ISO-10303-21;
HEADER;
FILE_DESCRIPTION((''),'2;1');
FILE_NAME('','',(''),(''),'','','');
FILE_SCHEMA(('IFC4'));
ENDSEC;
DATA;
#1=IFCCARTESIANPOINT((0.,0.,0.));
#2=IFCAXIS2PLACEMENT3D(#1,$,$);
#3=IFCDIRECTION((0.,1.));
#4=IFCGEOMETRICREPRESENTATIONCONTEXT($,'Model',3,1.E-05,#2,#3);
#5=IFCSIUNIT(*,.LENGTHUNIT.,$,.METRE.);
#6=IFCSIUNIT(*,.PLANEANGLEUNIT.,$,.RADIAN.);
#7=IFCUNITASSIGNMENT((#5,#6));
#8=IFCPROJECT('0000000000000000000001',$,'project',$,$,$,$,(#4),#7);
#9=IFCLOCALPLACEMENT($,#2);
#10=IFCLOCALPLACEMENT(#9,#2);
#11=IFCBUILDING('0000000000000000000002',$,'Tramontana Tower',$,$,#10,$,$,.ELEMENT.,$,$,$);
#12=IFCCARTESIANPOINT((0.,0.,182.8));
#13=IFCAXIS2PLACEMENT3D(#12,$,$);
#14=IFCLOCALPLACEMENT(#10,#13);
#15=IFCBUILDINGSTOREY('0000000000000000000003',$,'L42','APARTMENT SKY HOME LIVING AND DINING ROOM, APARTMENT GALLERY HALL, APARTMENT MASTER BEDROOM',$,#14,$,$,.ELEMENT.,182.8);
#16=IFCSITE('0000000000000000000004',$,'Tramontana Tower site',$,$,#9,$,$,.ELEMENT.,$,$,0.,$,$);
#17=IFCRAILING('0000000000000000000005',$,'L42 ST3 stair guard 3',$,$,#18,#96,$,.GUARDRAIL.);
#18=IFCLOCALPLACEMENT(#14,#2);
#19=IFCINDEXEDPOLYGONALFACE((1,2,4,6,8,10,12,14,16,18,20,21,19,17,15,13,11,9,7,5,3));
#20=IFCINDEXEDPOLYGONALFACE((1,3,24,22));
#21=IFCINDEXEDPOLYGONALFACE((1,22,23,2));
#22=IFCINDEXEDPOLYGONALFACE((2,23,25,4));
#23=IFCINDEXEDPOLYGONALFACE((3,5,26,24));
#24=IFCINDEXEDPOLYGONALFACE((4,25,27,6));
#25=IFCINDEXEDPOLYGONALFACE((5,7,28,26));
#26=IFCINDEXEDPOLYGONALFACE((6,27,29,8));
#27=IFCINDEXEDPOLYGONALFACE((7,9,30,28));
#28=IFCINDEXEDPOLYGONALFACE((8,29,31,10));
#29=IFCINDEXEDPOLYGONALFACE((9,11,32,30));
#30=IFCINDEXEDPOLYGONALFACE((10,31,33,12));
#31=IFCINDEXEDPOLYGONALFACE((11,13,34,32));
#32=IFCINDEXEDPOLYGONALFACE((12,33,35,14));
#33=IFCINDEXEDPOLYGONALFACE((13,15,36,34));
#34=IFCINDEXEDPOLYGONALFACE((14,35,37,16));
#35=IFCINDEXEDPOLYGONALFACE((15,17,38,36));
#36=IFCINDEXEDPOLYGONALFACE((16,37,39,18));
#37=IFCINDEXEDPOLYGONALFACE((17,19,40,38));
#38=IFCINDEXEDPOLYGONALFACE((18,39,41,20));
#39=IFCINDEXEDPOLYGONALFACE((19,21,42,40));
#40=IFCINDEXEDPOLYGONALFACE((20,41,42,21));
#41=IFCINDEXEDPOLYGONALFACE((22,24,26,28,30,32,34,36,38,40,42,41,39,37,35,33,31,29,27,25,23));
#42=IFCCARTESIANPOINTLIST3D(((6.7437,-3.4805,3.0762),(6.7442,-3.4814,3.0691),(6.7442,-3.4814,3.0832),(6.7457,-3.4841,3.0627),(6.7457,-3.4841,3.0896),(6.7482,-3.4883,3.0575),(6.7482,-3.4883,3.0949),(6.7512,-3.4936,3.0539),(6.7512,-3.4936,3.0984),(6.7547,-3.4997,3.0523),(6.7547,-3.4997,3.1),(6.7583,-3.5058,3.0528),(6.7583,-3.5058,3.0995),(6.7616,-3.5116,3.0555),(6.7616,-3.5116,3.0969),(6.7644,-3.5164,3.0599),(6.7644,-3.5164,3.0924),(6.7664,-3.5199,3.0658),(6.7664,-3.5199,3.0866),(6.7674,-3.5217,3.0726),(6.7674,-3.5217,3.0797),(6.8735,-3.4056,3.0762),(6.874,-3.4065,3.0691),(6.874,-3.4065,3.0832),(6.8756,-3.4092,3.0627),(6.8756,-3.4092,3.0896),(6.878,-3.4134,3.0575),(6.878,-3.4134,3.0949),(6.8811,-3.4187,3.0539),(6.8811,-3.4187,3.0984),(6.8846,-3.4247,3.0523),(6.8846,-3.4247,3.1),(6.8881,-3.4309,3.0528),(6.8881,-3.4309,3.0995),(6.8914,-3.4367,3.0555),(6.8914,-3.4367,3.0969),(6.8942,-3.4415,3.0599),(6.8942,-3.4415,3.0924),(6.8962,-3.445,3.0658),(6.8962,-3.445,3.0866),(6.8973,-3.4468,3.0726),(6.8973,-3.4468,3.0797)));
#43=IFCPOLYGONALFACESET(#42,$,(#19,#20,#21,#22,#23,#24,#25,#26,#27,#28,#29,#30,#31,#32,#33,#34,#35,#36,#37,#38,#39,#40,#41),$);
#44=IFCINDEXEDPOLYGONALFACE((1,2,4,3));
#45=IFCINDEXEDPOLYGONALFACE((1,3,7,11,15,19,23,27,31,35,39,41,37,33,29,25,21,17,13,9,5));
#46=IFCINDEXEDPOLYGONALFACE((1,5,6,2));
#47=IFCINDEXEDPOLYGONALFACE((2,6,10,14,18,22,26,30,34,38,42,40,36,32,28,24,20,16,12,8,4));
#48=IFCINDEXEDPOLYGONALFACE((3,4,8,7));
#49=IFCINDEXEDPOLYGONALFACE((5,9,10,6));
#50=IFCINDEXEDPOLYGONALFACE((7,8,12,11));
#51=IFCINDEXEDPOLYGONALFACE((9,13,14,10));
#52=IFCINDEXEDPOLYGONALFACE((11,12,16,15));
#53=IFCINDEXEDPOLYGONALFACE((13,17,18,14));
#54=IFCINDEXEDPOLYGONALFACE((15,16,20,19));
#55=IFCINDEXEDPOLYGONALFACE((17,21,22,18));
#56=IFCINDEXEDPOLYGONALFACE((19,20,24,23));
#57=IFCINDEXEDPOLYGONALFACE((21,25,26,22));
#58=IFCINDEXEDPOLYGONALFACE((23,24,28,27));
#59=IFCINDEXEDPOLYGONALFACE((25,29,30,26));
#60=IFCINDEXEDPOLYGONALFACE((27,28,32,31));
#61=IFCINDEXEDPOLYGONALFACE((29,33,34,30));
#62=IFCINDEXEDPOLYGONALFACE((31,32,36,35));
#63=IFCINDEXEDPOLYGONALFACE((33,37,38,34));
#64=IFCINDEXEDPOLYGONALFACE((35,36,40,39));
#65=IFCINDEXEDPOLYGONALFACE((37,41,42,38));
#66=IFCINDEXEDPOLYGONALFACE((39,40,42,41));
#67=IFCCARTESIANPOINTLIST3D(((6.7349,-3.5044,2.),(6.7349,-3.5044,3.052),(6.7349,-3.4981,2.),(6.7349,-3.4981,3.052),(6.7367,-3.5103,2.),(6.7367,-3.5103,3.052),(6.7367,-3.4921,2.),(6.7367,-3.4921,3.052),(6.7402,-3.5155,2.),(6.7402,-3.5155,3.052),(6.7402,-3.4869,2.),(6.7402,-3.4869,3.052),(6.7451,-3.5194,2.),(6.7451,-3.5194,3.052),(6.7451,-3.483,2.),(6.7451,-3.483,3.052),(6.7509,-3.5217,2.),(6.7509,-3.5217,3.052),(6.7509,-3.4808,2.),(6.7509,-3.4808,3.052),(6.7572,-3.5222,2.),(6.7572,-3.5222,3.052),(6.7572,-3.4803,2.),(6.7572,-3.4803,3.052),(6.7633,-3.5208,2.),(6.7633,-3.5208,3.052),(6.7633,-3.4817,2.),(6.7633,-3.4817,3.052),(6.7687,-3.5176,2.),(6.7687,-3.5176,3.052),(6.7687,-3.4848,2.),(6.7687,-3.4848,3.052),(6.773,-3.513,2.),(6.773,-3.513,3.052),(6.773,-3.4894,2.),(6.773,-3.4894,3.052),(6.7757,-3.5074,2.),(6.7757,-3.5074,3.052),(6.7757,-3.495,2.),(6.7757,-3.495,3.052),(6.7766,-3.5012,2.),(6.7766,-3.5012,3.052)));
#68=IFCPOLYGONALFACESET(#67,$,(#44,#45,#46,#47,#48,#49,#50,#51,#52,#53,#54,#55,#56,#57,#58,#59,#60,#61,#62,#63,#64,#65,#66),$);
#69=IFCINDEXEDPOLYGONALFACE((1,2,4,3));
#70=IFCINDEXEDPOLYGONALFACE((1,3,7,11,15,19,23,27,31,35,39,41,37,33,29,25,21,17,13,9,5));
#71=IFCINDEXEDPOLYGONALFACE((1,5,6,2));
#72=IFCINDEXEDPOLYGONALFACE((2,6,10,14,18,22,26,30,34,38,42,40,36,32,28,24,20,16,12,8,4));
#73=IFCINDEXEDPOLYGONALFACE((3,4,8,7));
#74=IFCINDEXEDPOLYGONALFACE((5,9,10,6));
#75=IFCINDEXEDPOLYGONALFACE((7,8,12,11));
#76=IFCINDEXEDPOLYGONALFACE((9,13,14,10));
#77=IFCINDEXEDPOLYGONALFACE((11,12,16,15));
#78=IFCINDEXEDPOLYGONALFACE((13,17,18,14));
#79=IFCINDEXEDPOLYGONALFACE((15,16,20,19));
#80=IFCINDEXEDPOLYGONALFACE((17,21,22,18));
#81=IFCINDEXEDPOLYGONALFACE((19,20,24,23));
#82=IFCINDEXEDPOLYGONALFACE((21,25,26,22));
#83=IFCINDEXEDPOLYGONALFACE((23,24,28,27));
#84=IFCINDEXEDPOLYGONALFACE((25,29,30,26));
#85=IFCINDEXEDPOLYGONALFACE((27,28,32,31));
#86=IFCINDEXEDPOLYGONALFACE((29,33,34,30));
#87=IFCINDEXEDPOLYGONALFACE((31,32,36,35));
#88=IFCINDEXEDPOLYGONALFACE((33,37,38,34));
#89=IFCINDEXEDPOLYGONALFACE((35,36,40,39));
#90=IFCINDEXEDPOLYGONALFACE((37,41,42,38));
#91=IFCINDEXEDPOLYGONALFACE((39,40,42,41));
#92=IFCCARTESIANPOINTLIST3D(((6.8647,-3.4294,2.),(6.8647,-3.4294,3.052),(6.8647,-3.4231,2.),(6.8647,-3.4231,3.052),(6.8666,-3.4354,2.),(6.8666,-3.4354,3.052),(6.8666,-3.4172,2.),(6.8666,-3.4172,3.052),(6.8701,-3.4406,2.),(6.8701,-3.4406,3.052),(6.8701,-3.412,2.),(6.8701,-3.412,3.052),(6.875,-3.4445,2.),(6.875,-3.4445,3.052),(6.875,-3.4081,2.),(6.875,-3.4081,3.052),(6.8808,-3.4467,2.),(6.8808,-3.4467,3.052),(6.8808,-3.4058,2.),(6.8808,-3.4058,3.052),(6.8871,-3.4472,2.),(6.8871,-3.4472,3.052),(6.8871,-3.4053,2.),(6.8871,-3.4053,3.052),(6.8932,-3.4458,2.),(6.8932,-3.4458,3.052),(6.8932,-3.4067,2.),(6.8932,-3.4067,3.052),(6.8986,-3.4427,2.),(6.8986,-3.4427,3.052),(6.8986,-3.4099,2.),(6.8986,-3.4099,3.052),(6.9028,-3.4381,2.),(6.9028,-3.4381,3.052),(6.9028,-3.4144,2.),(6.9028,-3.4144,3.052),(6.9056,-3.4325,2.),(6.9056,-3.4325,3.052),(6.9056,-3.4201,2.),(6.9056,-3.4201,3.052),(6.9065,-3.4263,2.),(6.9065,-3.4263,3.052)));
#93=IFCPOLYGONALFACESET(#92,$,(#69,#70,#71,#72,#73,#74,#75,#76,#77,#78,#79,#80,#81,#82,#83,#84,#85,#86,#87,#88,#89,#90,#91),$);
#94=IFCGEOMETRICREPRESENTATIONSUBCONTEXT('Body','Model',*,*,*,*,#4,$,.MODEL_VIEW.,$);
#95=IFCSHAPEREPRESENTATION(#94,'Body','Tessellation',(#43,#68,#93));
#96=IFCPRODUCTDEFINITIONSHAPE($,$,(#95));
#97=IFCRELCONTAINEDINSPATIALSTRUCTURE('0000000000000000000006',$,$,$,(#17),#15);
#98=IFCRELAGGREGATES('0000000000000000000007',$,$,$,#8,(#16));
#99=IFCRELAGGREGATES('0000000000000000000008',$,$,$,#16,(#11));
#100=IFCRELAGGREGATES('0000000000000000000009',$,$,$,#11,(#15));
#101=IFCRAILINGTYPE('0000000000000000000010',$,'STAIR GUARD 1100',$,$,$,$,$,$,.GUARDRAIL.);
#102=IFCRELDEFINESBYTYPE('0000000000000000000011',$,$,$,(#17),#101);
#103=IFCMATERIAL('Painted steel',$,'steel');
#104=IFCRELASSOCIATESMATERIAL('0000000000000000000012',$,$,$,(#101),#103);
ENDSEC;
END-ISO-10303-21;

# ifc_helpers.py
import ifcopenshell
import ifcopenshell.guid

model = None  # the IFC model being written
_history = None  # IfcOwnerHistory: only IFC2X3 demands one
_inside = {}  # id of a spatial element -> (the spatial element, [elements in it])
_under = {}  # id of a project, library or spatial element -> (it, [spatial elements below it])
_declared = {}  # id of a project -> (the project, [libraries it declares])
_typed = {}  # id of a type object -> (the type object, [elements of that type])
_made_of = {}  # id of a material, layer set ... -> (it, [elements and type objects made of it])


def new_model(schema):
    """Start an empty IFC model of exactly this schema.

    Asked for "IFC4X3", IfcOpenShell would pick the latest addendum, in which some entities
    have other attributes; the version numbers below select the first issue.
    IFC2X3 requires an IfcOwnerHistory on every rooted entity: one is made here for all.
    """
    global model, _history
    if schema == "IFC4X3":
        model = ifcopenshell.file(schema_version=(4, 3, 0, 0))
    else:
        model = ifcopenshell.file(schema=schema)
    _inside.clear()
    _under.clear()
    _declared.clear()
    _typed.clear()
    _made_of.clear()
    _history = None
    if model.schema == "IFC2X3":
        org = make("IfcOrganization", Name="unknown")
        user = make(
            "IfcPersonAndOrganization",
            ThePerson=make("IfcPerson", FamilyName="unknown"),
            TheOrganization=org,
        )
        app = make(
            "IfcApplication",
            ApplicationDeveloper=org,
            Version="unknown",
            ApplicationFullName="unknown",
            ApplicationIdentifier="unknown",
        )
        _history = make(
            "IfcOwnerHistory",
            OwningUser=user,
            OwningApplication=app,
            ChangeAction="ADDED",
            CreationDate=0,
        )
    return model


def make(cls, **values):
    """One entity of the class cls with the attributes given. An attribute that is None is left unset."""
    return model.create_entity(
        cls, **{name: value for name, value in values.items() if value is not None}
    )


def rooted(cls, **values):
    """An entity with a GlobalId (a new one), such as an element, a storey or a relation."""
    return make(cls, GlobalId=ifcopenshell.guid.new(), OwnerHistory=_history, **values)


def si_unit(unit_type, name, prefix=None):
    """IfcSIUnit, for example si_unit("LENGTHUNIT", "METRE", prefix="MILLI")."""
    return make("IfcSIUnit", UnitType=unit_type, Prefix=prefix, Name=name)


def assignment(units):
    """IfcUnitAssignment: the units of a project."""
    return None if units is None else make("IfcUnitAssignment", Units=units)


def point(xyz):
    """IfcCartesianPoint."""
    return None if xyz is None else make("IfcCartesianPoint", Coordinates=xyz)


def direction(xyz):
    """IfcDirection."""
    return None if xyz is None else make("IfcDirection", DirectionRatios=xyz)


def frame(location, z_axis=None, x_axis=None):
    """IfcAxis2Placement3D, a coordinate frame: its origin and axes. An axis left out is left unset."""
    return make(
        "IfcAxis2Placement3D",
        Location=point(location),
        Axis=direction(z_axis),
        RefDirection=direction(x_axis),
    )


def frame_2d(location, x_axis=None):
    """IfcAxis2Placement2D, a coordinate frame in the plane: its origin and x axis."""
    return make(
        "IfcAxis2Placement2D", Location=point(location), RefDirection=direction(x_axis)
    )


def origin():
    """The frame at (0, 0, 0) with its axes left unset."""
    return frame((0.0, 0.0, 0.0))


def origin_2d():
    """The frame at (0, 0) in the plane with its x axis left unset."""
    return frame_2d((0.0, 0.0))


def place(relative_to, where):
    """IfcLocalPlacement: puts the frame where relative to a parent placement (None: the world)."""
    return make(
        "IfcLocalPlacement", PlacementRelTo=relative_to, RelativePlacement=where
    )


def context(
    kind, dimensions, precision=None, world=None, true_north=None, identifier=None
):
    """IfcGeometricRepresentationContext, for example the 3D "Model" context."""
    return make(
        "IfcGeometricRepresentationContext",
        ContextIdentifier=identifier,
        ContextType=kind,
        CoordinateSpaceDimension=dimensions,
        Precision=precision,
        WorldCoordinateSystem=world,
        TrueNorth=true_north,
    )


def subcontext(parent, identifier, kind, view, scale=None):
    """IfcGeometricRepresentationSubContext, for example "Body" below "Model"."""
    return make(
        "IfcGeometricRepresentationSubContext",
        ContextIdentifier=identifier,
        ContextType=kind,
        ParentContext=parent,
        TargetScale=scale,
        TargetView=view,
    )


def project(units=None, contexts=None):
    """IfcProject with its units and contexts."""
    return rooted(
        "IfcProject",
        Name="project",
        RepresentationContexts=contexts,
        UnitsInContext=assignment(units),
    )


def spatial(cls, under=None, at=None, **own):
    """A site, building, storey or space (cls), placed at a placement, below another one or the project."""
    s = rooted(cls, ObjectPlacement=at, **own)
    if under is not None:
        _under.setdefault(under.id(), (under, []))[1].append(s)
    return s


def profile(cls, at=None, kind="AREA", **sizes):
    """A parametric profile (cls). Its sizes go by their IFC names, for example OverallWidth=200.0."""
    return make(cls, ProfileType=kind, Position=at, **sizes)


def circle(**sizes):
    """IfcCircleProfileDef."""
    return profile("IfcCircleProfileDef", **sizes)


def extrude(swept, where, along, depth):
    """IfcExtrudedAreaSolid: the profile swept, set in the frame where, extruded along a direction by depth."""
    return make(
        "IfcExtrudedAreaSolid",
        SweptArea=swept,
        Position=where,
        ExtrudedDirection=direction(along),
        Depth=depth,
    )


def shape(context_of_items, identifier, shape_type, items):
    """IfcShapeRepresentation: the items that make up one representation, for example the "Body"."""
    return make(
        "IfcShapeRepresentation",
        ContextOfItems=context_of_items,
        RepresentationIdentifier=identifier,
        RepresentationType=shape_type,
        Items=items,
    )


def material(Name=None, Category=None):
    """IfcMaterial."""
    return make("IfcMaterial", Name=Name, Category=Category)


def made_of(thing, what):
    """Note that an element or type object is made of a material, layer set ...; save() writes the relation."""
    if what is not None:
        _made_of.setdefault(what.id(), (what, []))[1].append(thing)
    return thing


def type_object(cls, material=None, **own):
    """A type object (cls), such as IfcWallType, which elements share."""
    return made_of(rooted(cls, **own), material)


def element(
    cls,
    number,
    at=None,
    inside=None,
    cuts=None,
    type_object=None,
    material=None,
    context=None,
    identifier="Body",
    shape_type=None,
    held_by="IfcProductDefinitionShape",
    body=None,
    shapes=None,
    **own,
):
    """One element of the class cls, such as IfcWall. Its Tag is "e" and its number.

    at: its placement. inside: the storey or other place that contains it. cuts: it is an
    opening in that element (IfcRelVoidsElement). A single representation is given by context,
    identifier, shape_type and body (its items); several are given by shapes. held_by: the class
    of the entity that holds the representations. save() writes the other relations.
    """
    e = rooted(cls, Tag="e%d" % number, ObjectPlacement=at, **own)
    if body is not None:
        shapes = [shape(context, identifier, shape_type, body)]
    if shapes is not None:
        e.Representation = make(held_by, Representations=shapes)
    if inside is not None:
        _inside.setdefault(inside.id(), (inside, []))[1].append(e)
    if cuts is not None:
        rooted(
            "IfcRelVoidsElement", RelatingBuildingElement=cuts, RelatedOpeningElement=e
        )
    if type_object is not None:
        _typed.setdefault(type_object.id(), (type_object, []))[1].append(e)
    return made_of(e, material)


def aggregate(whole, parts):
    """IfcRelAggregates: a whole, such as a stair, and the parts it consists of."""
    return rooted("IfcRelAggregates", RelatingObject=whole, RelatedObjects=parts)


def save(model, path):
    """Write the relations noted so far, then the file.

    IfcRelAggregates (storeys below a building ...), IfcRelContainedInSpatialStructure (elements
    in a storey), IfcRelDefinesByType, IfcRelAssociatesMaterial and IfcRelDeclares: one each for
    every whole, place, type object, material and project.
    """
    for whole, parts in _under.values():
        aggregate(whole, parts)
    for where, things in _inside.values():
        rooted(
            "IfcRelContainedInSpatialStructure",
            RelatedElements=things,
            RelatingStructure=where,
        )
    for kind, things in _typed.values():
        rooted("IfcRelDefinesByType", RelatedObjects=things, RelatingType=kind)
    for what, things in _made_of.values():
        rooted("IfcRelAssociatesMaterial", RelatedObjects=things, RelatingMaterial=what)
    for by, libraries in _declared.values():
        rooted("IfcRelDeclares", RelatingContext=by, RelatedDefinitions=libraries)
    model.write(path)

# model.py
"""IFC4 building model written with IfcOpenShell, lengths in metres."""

from ifc_helpers import new_model, si_unit, direction, frame, origin, origin_2d, place, context, subcontext, project, spatial, circle, extrude, material, type_object, element, save


model = new_model("IFC4")

# Units and contexts
model_context = context("Model", 3, precision=1e-05, world=origin(), true_north=direction((0.0, 1.0)))
body_context = subcontext(model_context, "Body", "Model", "MODEL_VIEW")
ifc_project = project(units=[si_unit("LENGTHUNIT", "METRE"), si_unit("PLANEANGLEUNIT", "RADIAN")], contexts=[model_context])

# Site, building, storey
site_placement = place(None, origin())
site = spatial("IfcSite", under=ifc_project, at=site_placement, Name="Tramontana Tower site", CompositionType="ELEMENT", RefElevation=0.0)
building_placement = place(site_placement, origin())
building = spatial("IfcBuilding", under=site, at=building_placement, Name="Tramontana Tower", CompositionType="ELEMENT")
storey_placement = place(building_placement, frame((0.0, 0.0, 182.8)))
storey = spatial("IfcBuildingStorey", under=building, at=storey_placement, Name="L42", Description="APARTMENT SKY HOME LIVING AND DINING ROOM, APARTMENT GALLERY HALL, APARTMENT MASTER BEDROOM", CompositionType="ELEMENT", Elevation=182.8)

# Railing
ifc_material_1 = material(Name="Painted steel", Category="steel")
railing_type_1 = type_object("IfcRailingType", Name="STAIR GUARD 1100", PredefinedType="GUARDRAIL", material=ifc_material_1)
railing_1_placement = place(storey_placement, frame((6.7556, -3.5012, 2.0)))
element("IfcRailing", 1, at=railing_1_placement, inside=storey, type_object=railing_type_1, Name="L42 ST3 stair guard 3", PredefinedType="GUARDRAIL", context=body_context, shape_type="SweptSolid", body=[
    extrude(circle(Radius=0.0239, at=origin_2d()), frame((0.0, 0.0, 1.0762), z_axis=(0.866131, 0.499816, 0.0), x_axis=(-0.499816, 0.866131, 0.0)), (0.0, 0.0, 1.0), 0.1499),
    extrude(circle(Radius=0.021, at=origin_2d()), origin(), (0.0, 0.0, 1.0), 1.052),
    extrude(circle(Radius=0.021, at=origin_2d()), frame((0.1299, 0.075, 0.0)), (0.0, 0.0, 1.0), 1.052),
])

save(model, "model.ifc")
